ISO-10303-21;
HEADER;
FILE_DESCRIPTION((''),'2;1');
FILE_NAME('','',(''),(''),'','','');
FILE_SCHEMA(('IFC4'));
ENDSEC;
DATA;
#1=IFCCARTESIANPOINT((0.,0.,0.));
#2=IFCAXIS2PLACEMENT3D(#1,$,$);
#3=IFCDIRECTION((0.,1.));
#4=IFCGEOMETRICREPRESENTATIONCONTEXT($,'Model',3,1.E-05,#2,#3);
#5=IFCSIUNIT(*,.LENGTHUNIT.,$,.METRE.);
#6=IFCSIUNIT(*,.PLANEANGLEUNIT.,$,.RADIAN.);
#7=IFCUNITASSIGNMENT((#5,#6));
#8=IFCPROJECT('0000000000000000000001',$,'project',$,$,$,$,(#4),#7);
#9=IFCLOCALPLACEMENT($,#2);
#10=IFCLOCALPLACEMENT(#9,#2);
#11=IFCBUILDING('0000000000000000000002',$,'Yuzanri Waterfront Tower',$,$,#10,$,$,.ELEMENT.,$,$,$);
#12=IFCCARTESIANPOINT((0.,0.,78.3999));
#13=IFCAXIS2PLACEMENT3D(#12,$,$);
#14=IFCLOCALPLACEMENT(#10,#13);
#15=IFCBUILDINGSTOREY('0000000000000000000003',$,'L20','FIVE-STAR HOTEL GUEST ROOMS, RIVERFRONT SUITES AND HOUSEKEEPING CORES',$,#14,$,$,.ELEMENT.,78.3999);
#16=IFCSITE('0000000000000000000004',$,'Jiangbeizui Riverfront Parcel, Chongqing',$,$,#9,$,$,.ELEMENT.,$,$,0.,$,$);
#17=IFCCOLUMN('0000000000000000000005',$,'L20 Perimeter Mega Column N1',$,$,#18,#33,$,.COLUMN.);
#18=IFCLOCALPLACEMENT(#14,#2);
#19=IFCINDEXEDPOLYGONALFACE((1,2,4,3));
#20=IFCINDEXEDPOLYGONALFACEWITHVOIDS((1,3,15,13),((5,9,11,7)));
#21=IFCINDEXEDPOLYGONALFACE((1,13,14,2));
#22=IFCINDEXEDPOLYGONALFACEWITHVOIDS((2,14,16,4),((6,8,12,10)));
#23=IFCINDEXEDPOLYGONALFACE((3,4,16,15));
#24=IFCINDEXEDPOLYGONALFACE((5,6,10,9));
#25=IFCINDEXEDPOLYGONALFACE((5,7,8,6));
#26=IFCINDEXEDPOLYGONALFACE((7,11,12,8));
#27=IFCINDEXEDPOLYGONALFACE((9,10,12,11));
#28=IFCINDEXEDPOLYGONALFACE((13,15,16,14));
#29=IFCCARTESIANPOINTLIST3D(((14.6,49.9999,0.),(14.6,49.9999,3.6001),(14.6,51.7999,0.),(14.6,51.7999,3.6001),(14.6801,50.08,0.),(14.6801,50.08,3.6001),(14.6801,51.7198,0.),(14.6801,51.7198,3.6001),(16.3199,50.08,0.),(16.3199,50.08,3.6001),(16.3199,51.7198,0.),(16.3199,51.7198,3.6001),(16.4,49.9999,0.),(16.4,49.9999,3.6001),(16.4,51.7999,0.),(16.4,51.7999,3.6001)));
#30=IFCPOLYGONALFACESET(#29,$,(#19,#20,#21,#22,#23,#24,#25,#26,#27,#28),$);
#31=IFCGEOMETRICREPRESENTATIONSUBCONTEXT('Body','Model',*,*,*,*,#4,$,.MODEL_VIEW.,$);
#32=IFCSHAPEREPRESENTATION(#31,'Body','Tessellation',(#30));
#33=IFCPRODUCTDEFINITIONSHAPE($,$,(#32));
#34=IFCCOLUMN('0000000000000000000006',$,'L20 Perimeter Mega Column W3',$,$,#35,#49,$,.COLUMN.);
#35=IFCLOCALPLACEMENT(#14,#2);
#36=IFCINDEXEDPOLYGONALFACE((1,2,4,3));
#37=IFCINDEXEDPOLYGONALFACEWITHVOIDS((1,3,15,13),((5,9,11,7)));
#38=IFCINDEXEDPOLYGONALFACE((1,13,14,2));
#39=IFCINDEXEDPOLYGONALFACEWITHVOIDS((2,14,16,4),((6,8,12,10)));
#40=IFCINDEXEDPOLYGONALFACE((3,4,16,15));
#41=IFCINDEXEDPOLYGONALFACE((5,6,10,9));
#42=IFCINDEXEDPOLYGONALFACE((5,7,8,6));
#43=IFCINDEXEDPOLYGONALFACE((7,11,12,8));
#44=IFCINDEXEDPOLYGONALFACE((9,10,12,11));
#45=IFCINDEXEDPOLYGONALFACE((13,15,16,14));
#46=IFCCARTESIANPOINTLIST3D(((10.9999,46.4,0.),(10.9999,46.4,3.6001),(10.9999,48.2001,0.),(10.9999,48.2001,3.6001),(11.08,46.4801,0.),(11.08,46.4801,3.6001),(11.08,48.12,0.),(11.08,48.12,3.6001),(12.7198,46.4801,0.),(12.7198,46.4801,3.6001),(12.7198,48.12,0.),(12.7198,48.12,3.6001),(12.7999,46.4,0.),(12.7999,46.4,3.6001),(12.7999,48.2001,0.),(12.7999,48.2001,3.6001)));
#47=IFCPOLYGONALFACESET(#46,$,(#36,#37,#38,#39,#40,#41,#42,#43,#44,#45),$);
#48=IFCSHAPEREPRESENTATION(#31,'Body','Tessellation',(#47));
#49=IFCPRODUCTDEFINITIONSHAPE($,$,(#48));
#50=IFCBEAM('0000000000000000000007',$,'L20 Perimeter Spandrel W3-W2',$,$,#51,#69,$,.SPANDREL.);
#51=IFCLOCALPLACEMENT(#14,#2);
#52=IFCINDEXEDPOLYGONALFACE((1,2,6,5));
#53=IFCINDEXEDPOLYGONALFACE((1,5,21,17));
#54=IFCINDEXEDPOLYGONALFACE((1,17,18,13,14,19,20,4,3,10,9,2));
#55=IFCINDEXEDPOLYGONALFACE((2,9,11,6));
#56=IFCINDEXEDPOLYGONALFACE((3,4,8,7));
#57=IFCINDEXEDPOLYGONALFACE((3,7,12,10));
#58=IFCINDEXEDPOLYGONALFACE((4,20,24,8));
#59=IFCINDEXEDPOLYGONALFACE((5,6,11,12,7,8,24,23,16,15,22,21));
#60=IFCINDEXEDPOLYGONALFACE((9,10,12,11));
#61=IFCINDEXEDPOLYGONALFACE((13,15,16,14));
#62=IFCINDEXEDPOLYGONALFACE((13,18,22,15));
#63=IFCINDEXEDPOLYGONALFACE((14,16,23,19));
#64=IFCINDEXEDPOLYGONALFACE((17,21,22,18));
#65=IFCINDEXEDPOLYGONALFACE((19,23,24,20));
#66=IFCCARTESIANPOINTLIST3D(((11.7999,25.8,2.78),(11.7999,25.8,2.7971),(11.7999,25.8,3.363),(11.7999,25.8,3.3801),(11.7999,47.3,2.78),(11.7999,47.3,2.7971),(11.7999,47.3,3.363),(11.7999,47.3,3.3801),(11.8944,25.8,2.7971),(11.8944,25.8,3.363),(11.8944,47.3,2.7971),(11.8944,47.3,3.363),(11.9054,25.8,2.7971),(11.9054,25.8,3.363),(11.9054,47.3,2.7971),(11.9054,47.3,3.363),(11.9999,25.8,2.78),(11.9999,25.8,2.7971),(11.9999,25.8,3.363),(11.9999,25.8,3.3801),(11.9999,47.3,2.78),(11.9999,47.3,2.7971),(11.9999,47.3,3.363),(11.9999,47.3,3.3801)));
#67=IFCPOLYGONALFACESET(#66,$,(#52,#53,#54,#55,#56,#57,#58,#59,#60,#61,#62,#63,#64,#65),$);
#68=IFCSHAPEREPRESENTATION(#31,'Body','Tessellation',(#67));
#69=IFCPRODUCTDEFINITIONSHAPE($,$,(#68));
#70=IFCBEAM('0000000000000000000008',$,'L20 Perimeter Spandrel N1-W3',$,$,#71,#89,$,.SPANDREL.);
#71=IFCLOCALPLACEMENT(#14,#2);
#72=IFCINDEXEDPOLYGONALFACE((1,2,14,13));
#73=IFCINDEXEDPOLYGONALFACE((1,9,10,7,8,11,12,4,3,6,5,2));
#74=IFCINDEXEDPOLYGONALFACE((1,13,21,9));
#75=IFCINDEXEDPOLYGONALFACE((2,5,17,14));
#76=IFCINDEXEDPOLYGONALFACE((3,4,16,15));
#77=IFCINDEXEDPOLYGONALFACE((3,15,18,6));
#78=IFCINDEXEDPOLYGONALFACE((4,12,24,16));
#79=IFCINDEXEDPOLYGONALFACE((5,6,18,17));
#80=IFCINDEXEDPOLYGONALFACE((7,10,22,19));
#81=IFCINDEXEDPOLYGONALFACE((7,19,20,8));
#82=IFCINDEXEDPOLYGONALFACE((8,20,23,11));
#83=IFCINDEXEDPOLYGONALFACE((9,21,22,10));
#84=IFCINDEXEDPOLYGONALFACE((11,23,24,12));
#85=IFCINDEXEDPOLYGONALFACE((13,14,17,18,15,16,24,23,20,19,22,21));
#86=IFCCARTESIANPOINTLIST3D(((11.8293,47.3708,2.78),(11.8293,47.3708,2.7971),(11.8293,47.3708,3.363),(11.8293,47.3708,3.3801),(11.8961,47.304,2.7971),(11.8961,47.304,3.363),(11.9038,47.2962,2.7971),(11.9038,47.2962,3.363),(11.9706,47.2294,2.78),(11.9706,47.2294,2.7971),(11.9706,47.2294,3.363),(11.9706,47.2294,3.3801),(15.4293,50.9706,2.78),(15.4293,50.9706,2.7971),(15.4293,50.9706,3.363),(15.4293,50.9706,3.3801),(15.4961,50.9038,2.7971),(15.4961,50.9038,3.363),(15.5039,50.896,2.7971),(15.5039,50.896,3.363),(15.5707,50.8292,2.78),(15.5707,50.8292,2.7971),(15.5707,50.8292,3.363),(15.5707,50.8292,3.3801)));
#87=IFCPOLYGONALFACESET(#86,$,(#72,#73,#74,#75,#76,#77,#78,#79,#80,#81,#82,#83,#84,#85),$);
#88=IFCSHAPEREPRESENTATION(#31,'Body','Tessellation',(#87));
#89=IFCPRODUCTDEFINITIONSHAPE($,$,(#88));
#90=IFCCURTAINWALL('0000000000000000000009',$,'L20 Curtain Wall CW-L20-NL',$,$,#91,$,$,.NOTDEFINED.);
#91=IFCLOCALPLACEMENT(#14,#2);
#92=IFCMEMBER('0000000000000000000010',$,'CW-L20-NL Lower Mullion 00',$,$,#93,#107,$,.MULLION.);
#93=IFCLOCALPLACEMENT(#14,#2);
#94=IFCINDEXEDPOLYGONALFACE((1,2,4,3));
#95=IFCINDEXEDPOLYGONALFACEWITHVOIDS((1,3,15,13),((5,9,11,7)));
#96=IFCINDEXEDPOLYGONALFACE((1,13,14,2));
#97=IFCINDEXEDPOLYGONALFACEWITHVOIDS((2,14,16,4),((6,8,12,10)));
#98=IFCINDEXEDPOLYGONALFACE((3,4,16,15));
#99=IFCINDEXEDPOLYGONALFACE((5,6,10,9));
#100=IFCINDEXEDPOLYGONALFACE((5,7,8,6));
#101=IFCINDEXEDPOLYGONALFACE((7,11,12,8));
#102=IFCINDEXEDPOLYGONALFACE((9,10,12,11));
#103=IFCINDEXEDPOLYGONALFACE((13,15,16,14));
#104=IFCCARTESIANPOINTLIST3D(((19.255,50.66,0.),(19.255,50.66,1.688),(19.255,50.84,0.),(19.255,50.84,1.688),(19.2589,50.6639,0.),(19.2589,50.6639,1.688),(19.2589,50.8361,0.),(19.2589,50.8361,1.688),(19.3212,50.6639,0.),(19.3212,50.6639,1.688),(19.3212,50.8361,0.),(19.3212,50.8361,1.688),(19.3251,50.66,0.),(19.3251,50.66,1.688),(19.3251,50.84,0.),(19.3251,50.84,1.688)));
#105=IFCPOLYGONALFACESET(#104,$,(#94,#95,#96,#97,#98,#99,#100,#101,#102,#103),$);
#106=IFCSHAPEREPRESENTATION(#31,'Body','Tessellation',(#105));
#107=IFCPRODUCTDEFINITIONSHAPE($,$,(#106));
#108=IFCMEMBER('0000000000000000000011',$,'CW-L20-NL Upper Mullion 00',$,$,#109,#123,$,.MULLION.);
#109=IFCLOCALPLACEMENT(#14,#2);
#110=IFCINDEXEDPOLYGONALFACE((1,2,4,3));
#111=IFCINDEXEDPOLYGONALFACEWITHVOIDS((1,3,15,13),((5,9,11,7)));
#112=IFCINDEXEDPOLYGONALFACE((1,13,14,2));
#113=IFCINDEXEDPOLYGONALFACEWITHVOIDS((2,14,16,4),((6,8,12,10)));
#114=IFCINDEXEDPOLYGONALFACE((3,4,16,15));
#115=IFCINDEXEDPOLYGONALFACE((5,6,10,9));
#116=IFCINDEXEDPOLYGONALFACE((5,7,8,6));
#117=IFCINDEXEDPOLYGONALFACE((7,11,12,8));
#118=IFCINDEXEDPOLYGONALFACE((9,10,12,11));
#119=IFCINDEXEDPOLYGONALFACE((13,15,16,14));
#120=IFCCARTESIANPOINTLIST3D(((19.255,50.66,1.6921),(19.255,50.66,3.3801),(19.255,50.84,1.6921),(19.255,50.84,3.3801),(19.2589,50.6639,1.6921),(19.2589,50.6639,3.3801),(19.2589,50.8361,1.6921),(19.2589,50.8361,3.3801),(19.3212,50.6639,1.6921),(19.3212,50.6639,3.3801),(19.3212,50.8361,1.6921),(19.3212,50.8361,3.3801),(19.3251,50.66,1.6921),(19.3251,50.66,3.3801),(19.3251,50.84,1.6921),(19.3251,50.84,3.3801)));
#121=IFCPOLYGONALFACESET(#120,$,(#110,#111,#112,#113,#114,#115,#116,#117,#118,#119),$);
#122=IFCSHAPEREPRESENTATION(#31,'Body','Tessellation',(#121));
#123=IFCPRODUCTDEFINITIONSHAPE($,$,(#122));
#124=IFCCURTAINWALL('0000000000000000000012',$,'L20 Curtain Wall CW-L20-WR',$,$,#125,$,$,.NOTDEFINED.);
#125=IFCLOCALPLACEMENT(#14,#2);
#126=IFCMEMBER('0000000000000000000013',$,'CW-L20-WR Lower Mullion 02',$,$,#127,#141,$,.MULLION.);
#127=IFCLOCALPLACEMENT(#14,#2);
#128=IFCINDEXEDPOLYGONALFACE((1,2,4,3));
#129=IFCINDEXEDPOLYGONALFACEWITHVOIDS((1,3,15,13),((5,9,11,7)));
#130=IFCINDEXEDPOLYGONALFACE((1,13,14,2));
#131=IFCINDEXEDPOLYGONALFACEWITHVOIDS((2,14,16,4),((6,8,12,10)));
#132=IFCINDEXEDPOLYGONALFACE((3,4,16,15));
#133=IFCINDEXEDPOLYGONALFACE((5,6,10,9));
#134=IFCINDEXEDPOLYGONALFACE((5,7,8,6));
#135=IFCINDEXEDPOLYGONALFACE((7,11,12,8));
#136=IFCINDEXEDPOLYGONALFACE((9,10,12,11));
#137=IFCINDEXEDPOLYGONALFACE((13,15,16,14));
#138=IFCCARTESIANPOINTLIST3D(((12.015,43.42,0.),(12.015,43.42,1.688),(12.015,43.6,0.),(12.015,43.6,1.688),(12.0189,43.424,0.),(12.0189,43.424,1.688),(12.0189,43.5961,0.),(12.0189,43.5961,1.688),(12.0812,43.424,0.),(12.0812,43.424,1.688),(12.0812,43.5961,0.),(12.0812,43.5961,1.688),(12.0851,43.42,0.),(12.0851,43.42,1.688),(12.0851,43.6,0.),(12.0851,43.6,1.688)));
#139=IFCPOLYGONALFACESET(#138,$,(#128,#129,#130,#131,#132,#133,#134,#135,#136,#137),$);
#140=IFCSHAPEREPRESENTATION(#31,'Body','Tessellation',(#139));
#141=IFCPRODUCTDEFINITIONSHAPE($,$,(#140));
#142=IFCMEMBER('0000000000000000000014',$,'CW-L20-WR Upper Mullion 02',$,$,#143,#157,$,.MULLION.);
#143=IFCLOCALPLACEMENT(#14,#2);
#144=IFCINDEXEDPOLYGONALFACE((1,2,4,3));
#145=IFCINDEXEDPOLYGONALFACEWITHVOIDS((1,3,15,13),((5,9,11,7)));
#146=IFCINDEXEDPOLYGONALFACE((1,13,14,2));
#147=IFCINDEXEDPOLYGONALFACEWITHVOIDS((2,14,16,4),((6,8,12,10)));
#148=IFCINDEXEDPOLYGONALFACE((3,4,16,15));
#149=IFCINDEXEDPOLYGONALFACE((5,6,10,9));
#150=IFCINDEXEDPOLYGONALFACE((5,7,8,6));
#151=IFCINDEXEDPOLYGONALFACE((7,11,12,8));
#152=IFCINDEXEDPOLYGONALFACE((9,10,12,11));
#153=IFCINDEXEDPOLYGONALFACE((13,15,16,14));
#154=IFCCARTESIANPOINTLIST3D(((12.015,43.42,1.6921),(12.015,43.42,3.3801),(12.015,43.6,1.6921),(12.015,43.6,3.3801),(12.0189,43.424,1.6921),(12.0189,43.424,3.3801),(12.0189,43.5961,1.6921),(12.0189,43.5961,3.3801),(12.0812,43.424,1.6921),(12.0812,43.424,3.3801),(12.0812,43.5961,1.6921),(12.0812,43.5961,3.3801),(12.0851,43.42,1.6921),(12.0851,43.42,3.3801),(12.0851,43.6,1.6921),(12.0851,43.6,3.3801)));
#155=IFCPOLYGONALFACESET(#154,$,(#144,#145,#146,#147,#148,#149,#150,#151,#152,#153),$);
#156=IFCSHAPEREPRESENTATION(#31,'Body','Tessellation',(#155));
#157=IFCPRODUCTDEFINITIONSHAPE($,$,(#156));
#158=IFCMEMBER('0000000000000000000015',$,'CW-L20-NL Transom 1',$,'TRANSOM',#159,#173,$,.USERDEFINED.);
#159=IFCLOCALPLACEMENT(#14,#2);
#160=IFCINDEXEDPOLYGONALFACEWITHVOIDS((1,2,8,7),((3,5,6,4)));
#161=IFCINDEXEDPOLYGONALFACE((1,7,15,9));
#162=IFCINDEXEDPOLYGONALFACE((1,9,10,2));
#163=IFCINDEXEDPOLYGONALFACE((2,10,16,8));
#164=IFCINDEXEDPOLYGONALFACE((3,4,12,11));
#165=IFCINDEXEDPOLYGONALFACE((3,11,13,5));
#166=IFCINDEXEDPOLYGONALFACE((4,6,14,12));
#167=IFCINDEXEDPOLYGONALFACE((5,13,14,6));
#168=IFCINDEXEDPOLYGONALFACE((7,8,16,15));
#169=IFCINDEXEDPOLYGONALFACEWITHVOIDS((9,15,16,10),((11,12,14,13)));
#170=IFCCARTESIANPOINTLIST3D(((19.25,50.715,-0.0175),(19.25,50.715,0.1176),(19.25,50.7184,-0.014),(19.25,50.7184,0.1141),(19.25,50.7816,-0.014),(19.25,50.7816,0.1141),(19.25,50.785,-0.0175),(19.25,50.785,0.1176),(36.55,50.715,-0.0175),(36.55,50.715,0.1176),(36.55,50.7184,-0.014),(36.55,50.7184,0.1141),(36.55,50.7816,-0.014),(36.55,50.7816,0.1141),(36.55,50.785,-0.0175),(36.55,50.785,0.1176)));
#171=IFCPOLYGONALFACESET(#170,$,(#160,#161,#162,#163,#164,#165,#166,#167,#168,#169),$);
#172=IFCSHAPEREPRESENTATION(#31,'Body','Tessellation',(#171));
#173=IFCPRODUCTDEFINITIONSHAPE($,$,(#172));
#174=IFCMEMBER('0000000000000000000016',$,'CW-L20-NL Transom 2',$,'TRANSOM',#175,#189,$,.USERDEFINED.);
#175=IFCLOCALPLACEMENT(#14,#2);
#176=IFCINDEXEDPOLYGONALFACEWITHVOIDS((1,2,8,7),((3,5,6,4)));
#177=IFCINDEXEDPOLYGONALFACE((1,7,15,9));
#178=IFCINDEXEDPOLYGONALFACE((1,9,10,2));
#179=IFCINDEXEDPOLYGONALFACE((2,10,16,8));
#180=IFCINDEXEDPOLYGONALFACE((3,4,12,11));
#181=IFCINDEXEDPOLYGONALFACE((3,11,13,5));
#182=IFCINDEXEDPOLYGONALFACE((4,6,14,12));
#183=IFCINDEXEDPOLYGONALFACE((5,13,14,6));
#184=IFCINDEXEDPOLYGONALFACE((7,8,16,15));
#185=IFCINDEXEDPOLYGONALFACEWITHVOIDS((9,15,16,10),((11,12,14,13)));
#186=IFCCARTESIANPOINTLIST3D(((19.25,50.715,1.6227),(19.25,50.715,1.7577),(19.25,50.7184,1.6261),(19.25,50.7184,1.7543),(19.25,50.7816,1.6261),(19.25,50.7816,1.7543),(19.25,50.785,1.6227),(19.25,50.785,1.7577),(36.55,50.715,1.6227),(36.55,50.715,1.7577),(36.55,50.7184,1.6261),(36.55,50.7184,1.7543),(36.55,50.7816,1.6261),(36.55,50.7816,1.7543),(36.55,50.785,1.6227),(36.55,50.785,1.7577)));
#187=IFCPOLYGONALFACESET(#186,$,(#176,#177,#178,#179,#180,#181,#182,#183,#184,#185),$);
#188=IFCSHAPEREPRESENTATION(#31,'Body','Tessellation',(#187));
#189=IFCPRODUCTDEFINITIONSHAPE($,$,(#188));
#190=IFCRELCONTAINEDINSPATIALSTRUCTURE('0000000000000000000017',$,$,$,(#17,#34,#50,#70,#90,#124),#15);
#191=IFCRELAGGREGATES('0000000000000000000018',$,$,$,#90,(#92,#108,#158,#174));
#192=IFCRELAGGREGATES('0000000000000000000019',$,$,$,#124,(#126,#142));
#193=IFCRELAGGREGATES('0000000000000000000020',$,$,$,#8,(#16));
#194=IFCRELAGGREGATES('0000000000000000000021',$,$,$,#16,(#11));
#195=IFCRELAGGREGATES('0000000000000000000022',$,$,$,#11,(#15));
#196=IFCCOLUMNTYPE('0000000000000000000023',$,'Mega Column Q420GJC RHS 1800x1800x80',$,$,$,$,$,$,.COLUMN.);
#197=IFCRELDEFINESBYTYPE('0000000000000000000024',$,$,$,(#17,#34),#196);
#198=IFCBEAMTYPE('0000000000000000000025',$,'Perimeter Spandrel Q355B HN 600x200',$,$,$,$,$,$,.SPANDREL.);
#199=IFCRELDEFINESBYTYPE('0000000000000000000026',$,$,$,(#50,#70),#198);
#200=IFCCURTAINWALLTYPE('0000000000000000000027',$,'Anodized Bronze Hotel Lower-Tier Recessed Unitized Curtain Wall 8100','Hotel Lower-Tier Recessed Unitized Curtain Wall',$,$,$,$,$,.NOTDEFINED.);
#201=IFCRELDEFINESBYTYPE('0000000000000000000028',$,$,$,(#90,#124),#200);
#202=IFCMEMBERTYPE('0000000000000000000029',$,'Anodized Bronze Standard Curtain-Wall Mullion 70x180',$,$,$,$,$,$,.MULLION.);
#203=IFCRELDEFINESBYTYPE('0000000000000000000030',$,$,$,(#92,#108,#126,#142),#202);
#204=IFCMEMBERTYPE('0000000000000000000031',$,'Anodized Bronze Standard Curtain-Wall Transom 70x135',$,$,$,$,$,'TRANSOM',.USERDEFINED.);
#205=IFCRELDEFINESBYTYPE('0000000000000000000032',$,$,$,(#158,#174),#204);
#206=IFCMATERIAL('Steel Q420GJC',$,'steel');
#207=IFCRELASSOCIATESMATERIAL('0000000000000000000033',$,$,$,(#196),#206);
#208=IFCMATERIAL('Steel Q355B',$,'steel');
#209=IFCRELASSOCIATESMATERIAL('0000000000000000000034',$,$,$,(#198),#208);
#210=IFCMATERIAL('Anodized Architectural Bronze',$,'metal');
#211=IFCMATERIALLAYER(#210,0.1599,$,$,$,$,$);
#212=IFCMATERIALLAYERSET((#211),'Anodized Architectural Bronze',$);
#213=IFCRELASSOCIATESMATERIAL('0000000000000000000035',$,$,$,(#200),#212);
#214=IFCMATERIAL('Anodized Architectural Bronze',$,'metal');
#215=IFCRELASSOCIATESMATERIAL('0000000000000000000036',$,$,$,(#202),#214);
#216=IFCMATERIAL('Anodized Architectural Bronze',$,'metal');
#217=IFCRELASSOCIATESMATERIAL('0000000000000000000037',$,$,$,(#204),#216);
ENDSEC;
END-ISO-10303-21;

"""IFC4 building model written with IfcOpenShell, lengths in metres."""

from ifc_helpers import new_model, si_unit, direction, frame, origin, origin_2d, place, context, subcontext, project, spatial, hollow_rectangle, i_section, extrude, source, transform, mapped, material, layer, layer_set, material_profile, profile_set, type_object, element, aggregate, save


model = new_model("IFC4")

# Units and contexts
model_context = context("Model", 3, precision=1e-05, world=origin(), true_north=direction((0.0, 1.0)))
body_context = subcontext(model_context, "Body", "Model", "MODEL_VIEW")
ifc_project = project(units=[si_unit("LENGTHUNIT", "METRE"), si_unit("PLANEANGLEUNIT", "RADIAN")], contexts=[model_context])

# Site, building, storey
site_placement = place(None, origin())
site = spatial("IfcSite", under=ifc_project, at=site_placement, Name="Jiangbeizui Riverfront Parcel, Chongqing", CompositionType="ELEMENT", RefElevation=0.0)
building_placement = place(site_placement, origin())
building = spatial("IfcBuilding", under=site, at=building_placement, Name="Yuzanri Waterfront Tower", CompositionType="ELEMENT")
storey_placement = place(building_placement, frame((0.0, 0.0, 78.3999)))
storey = spatial("IfcBuildingStorey", under=building, at=storey_placement, Name="L20", Description="FIVE-STAR HOTEL GUEST ROOMS, RIVERFRONT SUITES AND HOUSEKEEPING CORES", CompositionType="ELEMENT", Elevation=78.3999)

# Columns
ifc_material_1 = material(Name="Steel Q420GJC", Category="steel")
ifc_material_profile_1 = material_profile(ifc_material_1, hollow_rectangle(XDim=1.8, YDim=1.8, WallThickness=0.0801, at=origin_2d()), Name="RHS 1800x1800x80")
ifc_profile_set_1 = profile_set([ifc_material_profile_1], Name="Steel Q420GJC")
column_type = type_object("IfcColumnType", Name="Mega Column Q420GJC RHS 1800x1800x80", PredefinedType="COLUMN", material=ifc_profile_set_1)
shared_shape_1 = source(origin(), body_context, "Body", "SweptSolid", [
    extrude(hollow_rectangle(XDim=1.8, YDim=1.8, WallThickness=0.0801, at=origin_2d()), origin(), (0.0, 0.0, 1.0), 3.6001),
])
for number, where, z_axis, x_axis, name in (
    (1, (15.5, 50.8999, 0.0), (0.0, 0.0, 1.0), (1.0, 0.0, 0.0), "L20 Perimeter Mega Column N1"),
    (2, (11.8999, 47.3, 0.0), (0.0, 0.0, 1.0), (1.0, 0.0, 0.0), "L20 Perimeter Mega Column W3"),
):
    element("IfcColumn", number, at=place(storey_placement, frame(where, z_axis=z_axis, x_axis=x_axis)), inside=storey, type_object=column_type, Name=name, PredefinedType="COLUMN", context=body_context, shape_type="MappedRepresentation", body=[
        mapped(shared_shape_1, transform((0.0, 0.0, 0.0), scale=1.0)),
    ])

# Beams
ifc_material_2 = material(Name="Steel Q355B", Category="steel")
ifc_material_profile_2 = material_profile(ifc_material_2, i_section(OverallWidth=0.2, OverallDepth=0.6001, WebThickness=0.011, FlangeThickness=0.0171, at=origin_2d()), Name="HN 600x200x11x17")
ifc_profile_set_2 = profile_set([ifc_material_profile_2], Name="Steel Q355B")
beam_type = type_object("IfcBeamType", Name="Perimeter Spandrel Q355B HN 600x200", PredefinedType="SPANDREL", material=ifc_profile_set_2)
shared_shape_2 = source(origin(), body_context, "Body", "SweptSolid", [
    extrude(i_section(OverallWidth=0.2, OverallDepth=0.6001, WebThickness=0.011, FlangeThickness=0.0171, at=origin_2d()), origin(), (0.0, 0.0, 1.0), 21.5),
])
beam_1_placement = place(storey_placement, frame((11.8999, 47.3, 3.0801), z_axis=(0.0, -1.0, 0.0), x_axis=(1.0, 0.0, 0.0)))
element("IfcBeam", 3, at=beam_1_placement, inside=storey, type_object=beam_type, Name="L20 Perimeter Spandrel W3-W2", PredefinedType="SPANDREL", context=body_context, shape_type="MappedRepresentation", body=[
    mapped(shared_shape_2, transform((0.0, 0.0, 0.0), scale=1.0)),
])
shared_shape_3 = source(origin(), body_context, "Body", "SweptSolid", [
    extrude(i_section(OverallWidth=0.2, OverallDepth=0.6001, WebThickness=0.011, FlangeThickness=0.0171, at=origin_2d()), origin(), (0.0, 0.0, 1.0), 5.0911),
])
beam_2_placement = place(storey_placement, frame((15.5, 50.8999, 3.0801), z_axis=(-0.707131, -0.707083, 0.0), x_axis=(0.707083, -0.707131, 0.0)))
element("IfcBeam", 4, at=beam_2_placement, inside=storey, type_object=beam_type, Name="L20 Perimeter Spandrel N1-W3", PredefinedType="SPANDREL", context=body_context, shape_type="MappedRepresentation", body=[
    mapped(shared_shape_3, transform((0.0, 0.0, 0.0), scale=1.0)),
])

# Curtain walls, members
ifc_material_3 = material(Name="Anodized Architectural Bronze", Category="metal")
ifc_layer_1 = layer(ifc_material_3, 0.1599)
ifc_layer_set_1 = layer_set([ifc_layer_1], Name="Anodized Architectural Bronze")
curtain_wall_type = type_object("IfcCurtainWallType", Name="Anodized Bronze Hotel Lower-Tier Recessed Unitized Curtain Wall 8100", Description="Hotel Lower-Tier Recessed Unitized Curtain Wall", PredefinedType="NOTDEFINED", material=ifc_layer_set_1)
curtain_wall_1_placement = place(storey_placement, origin())
curtain_wall_1 = element("IfcCurtainWall", 5, at=curtain_wall_1_placement, inside=storey, type_object=curtain_wall_type, Name="L20 Curtain Wall CW-L20-NL", PredefinedType="NOTDEFINED")
ifc_material_4 = material(Name="Anodized Architectural Bronze", Category="metal")
ifc_material_profile_3 = material_profile(ifc_material_4, hollow_rectangle(XDim=0.0701, YDim=0.1799, WallThickness=0.0039, at=origin_2d()), Name="CWM 70x180")
ifc_profile_set_3 = profile_set([ifc_material_profile_3], Name="Anodized Architectural Bronze")
member_type_1 = type_object("IfcMemberType", Name="Anodized Bronze Standard Curtain-Wall Mullion 70x180", PredefinedType="MULLION", material=ifc_profile_set_3)
shared_shape_4 = source(origin(), body_context, "Body", "SweptSolid", [
    extrude(hollow_rectangle(XDim=0.0701, YDim=0.1799, WallThickness=0.0039, at=origin_2d()), origin(), (0.0, 0.0, 1.0), 1.688),
])
member_1_placement = place(storey_placement, frame((19.29, 50.75, 0.0), z_axis=(0.0, 0.0, 1.0), x_axis=(1.0, 0.0, 0.0)))
member_1 = element("IfcMember", 6, at=member_1_placement, type_object=member_type_1, Name="CW-L20-NL Lower Mullion 00", PredefinedType="MULLION", context=body_context, shape_type="MappedRepresentation", body=[
    mapped(shared_shape_4, transform((0.0, 0.0, 0.0), scale=1.0)),
])
member_2_placement = place(storey_placement, frame((19.29, 50.75, 1.6921), z_axis=(0.0, 0.0, 1.0), x_axis=(1.0, 0.0, 0.0)))
member_2 = element("IfcMember", 7, at=member_2_placement, type_object=member_type_1, Name="CW-L20-NL Upper Mullion 00", PredefinedType="MULLION", context=body_context, shape_type="MappedRepresentation", body=[
    mapped(shared_shape_4, transform((0.0, 0.0, 0.0), scale=1.0)),
])
curtain_wall_2_placement = place(storey_placement, origin())
curtain_wall_2 = element("IfcCurtainWall", 8, at=curtain_wall_2_placement, inside=storey, type_object=curtain_wall_type, Name="L20 Curtain Wall CW-L20-WR", PredefinedType="NOTDEFINED")
member_3_placement = place(storey_placement, frame((12.05, 43.51, 0.0), z_axis=(0.0, 0.0, 1.0), x_axis=(1.0, 0.0, 0.0)))
member_3 = element("IfcMember", 9, at=member_3_placement, type_object=member_type_1, Name="CW-L20-WR Lower Mullion 02", PredefinedType="MULLION", context=body_context, shape_type="MappedRepresentation", body=[
    mapped(shared_shape_4, transform((0.0, 0.0, 0.0), scale=1.0)),
])
member_4_placement = place(storey_placement, frame((12.05, 43.51, 1.6921), z_axis=(0.0, 0.0, 1.0), x_axis=(1.0, 0.0, 0.0)))
member_4 = element("IfcMember", 10, at=member_4_placement, type_object=member_type_1, Name="CW-L20-WR Upper Mullion 02", PredefinedType="MULLION", context=body_context, shape_type="MappedRepresentation", body=[
    mapped(shared_shape_4, transform((0.0, 0.0, 0.0), scale=1.0)),
])

# Members
ifc_material_5 = material(Name="Anodized Architectural Bronze", Category="metal")
ifc_material_profile_4 = material_profile(ifc_material_5, hollow_rectangle(XDim=0.0701, YDim=0.135, WallThickness=0.0034, at=origin_2d()), Name="CWT 70x135")
ifc_profile_set_4 = profile_set([ifc_material_profile_4], Name="Anodized Architectural Bronze")
member_type_2 = type_object("IfcMemberType", Name="Anodized Bronze Standard Curtain-Wall Transom 70x135", ElementType="TRANSOM", PredefinedType="USERDEFINED", material=ifc_profile_set_4)
shared_shape_5 = source(origin(), body_context, "Body", "SweptSolid", [
    extrude(hollow_rectangle(XDim=0.0701, YDim=0.135, WallThickness=0.0034, at=origin_2d()), origin(), (0.0, 0.0, 1.0), 17.3),
])
member_5_placement = place(storey_placement, frame((19.25, 50.75, 0.05), z_axis=(1.0, 0.0, 0.0), x_axis=(0.0, 1.0, 0.0)))
member_5 = element("IfcMember", 11, at=member_5_placement, type_object=member_type_2, Name="CW-L20-NL Transom 1", ObjectType="TRANSOM", PredefinedType="USERDEFINED", context=body_context, shape_type="MappedRepresentation", body=[
    mapped(shared_shape_5, transform((0.0, 0.0, 0.0), scale=1.0)),
])
member_6_placement = place(storey_placement, frame((19.25, 50.75, 1.6902), z_axis=(1.0, 0.0, 0.0), x_axis=(0.0, 1.0, 0.0)))
member_6 = element("IfcMember", 12, at=member_6_placement, type_object=member_type_2, Name="CW-L20-NL Transom 2", ObjectType="TRANSOM", PredefinedType="USERDEFINED", context=body_context, shape_type="MappedRepresentation", body=[
    mapped(shared_shape_5, transform((0.0, 0.0, 0.0), scale=1.0)),
])

aggregate(curtain_wall_1, [member_1, member_2, member_5, member_6])
aggregate(curtain_wall_2, [member_3, member_4])

save(model, "model.ifc")
